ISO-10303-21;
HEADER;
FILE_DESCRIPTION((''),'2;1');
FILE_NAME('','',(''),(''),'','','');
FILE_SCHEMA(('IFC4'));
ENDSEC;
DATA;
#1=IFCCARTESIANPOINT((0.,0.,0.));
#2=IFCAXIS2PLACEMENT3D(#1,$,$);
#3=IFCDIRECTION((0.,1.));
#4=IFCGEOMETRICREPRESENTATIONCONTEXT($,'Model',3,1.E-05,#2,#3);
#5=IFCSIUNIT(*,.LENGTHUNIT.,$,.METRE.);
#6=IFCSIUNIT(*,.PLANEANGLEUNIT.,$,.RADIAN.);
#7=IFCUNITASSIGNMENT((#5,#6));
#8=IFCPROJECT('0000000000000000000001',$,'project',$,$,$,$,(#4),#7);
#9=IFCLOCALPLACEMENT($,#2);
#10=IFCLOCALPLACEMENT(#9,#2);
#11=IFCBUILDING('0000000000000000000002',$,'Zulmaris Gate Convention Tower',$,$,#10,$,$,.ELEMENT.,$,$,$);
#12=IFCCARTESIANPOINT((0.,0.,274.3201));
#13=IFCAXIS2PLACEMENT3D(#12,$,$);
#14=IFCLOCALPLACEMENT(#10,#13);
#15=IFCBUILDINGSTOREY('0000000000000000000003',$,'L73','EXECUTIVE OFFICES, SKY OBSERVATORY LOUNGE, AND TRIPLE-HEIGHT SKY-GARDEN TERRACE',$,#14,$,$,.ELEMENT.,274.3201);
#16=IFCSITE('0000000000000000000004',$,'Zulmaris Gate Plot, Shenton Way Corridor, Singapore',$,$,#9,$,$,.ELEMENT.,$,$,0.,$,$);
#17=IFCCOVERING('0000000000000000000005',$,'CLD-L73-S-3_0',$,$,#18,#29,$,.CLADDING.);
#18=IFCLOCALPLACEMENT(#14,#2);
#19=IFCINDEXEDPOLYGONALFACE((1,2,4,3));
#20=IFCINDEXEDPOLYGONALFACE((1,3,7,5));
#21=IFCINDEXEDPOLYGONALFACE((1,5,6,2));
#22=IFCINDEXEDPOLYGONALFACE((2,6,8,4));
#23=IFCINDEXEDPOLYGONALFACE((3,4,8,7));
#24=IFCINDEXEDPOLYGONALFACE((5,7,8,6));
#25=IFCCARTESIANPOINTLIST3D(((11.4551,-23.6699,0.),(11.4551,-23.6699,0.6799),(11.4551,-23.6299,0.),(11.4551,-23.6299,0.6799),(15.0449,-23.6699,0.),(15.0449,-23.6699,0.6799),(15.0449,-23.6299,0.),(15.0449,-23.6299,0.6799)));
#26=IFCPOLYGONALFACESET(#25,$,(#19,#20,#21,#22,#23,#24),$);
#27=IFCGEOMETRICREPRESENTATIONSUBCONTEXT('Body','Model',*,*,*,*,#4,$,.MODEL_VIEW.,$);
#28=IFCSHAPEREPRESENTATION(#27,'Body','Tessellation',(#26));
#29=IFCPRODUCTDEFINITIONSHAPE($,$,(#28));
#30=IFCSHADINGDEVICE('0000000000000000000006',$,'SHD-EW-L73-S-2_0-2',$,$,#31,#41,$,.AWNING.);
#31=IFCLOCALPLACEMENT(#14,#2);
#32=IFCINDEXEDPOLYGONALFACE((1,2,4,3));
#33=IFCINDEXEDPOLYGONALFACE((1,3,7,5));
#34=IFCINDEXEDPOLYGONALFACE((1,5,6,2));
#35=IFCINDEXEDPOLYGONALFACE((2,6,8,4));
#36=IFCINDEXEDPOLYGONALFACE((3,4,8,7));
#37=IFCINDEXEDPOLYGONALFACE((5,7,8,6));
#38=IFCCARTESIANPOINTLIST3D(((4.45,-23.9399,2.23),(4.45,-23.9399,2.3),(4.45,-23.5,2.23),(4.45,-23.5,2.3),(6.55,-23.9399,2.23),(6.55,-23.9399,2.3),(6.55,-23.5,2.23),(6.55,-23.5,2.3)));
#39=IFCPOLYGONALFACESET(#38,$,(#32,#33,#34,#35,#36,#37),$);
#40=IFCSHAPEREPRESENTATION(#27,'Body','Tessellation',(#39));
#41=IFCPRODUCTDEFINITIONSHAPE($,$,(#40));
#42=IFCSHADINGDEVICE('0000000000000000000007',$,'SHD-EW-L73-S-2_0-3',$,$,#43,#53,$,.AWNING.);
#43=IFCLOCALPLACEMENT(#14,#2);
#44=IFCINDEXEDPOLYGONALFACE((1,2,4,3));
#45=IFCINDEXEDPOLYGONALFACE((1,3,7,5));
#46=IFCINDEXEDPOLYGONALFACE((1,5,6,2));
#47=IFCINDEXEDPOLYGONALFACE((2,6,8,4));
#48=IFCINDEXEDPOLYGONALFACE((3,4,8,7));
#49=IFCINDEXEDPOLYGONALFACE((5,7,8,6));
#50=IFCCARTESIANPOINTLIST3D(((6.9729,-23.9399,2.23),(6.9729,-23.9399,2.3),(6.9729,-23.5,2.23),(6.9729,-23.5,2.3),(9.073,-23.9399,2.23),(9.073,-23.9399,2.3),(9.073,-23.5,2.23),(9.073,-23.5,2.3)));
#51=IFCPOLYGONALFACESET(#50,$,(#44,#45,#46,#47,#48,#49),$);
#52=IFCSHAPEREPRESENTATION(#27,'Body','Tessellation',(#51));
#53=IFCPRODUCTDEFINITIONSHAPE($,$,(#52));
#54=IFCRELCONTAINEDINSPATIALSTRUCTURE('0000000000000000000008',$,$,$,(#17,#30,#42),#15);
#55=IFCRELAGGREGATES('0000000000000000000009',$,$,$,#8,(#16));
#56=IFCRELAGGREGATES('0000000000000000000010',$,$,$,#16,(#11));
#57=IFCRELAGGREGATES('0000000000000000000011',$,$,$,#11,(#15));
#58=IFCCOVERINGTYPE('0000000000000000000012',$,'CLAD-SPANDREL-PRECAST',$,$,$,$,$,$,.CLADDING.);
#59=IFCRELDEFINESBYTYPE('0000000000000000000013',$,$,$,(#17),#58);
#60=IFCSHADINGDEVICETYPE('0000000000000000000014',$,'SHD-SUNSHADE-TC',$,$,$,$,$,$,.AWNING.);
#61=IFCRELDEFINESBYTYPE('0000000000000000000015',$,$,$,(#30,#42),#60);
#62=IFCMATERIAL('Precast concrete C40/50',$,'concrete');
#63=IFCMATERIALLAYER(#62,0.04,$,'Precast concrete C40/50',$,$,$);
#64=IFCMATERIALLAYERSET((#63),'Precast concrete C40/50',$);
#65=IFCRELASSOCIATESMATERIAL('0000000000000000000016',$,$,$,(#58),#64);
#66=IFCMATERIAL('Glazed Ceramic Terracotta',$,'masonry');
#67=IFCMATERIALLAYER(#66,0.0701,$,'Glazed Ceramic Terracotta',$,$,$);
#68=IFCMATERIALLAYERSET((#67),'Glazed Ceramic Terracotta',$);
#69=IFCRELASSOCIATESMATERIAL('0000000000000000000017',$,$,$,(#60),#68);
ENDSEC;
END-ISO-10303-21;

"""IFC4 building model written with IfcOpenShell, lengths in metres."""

from ifc_helpers import new_model, si_unit, direction, frame, frame_2d, origin, place, context, subcontext, project, spatial, rectangle, extrude, material, layer, layer_set, type_object, element, save


model = new_model("IFC4")

# Units and contexts
model_context = context("Model", 3, precision=1e-05, world=origin(), true_north=direction((0.0, 1.0)))
body_context = subcontext(model_context, "Body", "Model", "MODEL_VIEW")
ifc_project = project(units=[si_unit("LENGTHUNIT", "METRE"), si_unit("PLANEANGLEUNIT", "RADIAN")], contexts=[model_context])

# Site, building, storey
site_placement = place(None, origin())
site = spatial("IfcSite", under=ifc_project, at=site_placement, Name="Zulmaris Gate Plot, Shenton Way Corridor, Singapore", CompositionType="ELEMENT", RefElevation=0.0)
building_placement = place(site_placement, origin())
building = spatial("IfcBuilding", under=site, at=building_placement, Name="Zulmaris Gate Convention Tower", CompositionType="ELEMENT")
storey_placement = place(building_placement, frame((0.0, 0.0, 274.3201)))
storey = spatial("IfcBuildingStorey", under=building, at=storey_placement, Name="L73", Description="EXECUTIVE OFFICES, SKY OBSERVATORY LOUNGE, AND TRIPLE-HEIGHT SKY-GARDEN TERRACE", CompositionType="ELEMENT", Elevation=274.3201)

# Shared definitions
ifc_material_1 = material(Name="Precast concrete C40/50", Category="concrete")

# Covering
ifc_layer_1 = layer(ifc_material_1, 0.04, Name="Precast concrete C40/50")
ifc_layer_set_1 = layer_set([ifc_layer_1], Name="Precast concrete C40/50")
covering_type = type_object("IfcCoveringType", Name="CLAD-SPANDREL-PRECAST", PredefinedType="CLADDING", material=ifc_layer_set_1)
covering_1_placement = place(storey_placement, frame((11.4551, -23.6499, 0.0), z_axis=(0.0, 0.0, 1.0), x_axis=(1.0, 0.0, 0.0)))
element("IfcCovering", 1, at=covering_1_placement, inside=storey, type_object=covering_type, Name="CLD-L73-S-3_0", PredefinedType="CLADDING", context=body_context, shape_type="SweptSolid", body=[
    extrude(rectangle(XDim=3.5898, YDim=0.04, at=frame_2d((1.7949, 0.0))), origin(), (0.0, 0.0, 1.0), 0.6799),
])

# Shading devices
ifc_material_2 = material(Name="Glazed Ceramic Terracotta", Category="masonry")
ifc_layer_2 = layer(ifc_material_2, 0.0701, Name="Glazed Ceramic Terracotta")
ifc_layer_set_2 = layer_set([ifc_layer_2], Name="Glazed Ceramic Terracotta")
shading_device_type = type_object("IfcShadingDeviceType", Name="SHD-SUNSHADE-TC", PredefinedType="AWNING", material=ifc_layer_set_2)
for number, where, z_axis, x_axis, name in (
    (2, (4.45, -23.72, 2.23), (0.0, 0.0, 1.0), (1.0, 0.0, 0.0), "SHD-EW-L73-S-2_0-2"),
    (3, (6.9729, -23.72, 2.23), (0.0, 0.0, 1.0), (1.0, 0.0, 0.0), "SHD-EW-L73-S-2_0-3"),
):
    element("IfcShadingDevice", number, at=place(storey_placement, frame(where, z_axis=z_axis, x_axis=x_axis)), inside=storey, type_object=shading_device_type, Name=name, PredefinedType="AWNING", context=body_context, shape_type="SweptSolid", body=[
        extrude(rectangle(XDim=2.1001, YDim=0.4399, at=frame_2d((1.05, 0.0))), origin(), (0.0, 0.0, 1.0), 0.0701),
    ])

save(model, "model.ifc")
